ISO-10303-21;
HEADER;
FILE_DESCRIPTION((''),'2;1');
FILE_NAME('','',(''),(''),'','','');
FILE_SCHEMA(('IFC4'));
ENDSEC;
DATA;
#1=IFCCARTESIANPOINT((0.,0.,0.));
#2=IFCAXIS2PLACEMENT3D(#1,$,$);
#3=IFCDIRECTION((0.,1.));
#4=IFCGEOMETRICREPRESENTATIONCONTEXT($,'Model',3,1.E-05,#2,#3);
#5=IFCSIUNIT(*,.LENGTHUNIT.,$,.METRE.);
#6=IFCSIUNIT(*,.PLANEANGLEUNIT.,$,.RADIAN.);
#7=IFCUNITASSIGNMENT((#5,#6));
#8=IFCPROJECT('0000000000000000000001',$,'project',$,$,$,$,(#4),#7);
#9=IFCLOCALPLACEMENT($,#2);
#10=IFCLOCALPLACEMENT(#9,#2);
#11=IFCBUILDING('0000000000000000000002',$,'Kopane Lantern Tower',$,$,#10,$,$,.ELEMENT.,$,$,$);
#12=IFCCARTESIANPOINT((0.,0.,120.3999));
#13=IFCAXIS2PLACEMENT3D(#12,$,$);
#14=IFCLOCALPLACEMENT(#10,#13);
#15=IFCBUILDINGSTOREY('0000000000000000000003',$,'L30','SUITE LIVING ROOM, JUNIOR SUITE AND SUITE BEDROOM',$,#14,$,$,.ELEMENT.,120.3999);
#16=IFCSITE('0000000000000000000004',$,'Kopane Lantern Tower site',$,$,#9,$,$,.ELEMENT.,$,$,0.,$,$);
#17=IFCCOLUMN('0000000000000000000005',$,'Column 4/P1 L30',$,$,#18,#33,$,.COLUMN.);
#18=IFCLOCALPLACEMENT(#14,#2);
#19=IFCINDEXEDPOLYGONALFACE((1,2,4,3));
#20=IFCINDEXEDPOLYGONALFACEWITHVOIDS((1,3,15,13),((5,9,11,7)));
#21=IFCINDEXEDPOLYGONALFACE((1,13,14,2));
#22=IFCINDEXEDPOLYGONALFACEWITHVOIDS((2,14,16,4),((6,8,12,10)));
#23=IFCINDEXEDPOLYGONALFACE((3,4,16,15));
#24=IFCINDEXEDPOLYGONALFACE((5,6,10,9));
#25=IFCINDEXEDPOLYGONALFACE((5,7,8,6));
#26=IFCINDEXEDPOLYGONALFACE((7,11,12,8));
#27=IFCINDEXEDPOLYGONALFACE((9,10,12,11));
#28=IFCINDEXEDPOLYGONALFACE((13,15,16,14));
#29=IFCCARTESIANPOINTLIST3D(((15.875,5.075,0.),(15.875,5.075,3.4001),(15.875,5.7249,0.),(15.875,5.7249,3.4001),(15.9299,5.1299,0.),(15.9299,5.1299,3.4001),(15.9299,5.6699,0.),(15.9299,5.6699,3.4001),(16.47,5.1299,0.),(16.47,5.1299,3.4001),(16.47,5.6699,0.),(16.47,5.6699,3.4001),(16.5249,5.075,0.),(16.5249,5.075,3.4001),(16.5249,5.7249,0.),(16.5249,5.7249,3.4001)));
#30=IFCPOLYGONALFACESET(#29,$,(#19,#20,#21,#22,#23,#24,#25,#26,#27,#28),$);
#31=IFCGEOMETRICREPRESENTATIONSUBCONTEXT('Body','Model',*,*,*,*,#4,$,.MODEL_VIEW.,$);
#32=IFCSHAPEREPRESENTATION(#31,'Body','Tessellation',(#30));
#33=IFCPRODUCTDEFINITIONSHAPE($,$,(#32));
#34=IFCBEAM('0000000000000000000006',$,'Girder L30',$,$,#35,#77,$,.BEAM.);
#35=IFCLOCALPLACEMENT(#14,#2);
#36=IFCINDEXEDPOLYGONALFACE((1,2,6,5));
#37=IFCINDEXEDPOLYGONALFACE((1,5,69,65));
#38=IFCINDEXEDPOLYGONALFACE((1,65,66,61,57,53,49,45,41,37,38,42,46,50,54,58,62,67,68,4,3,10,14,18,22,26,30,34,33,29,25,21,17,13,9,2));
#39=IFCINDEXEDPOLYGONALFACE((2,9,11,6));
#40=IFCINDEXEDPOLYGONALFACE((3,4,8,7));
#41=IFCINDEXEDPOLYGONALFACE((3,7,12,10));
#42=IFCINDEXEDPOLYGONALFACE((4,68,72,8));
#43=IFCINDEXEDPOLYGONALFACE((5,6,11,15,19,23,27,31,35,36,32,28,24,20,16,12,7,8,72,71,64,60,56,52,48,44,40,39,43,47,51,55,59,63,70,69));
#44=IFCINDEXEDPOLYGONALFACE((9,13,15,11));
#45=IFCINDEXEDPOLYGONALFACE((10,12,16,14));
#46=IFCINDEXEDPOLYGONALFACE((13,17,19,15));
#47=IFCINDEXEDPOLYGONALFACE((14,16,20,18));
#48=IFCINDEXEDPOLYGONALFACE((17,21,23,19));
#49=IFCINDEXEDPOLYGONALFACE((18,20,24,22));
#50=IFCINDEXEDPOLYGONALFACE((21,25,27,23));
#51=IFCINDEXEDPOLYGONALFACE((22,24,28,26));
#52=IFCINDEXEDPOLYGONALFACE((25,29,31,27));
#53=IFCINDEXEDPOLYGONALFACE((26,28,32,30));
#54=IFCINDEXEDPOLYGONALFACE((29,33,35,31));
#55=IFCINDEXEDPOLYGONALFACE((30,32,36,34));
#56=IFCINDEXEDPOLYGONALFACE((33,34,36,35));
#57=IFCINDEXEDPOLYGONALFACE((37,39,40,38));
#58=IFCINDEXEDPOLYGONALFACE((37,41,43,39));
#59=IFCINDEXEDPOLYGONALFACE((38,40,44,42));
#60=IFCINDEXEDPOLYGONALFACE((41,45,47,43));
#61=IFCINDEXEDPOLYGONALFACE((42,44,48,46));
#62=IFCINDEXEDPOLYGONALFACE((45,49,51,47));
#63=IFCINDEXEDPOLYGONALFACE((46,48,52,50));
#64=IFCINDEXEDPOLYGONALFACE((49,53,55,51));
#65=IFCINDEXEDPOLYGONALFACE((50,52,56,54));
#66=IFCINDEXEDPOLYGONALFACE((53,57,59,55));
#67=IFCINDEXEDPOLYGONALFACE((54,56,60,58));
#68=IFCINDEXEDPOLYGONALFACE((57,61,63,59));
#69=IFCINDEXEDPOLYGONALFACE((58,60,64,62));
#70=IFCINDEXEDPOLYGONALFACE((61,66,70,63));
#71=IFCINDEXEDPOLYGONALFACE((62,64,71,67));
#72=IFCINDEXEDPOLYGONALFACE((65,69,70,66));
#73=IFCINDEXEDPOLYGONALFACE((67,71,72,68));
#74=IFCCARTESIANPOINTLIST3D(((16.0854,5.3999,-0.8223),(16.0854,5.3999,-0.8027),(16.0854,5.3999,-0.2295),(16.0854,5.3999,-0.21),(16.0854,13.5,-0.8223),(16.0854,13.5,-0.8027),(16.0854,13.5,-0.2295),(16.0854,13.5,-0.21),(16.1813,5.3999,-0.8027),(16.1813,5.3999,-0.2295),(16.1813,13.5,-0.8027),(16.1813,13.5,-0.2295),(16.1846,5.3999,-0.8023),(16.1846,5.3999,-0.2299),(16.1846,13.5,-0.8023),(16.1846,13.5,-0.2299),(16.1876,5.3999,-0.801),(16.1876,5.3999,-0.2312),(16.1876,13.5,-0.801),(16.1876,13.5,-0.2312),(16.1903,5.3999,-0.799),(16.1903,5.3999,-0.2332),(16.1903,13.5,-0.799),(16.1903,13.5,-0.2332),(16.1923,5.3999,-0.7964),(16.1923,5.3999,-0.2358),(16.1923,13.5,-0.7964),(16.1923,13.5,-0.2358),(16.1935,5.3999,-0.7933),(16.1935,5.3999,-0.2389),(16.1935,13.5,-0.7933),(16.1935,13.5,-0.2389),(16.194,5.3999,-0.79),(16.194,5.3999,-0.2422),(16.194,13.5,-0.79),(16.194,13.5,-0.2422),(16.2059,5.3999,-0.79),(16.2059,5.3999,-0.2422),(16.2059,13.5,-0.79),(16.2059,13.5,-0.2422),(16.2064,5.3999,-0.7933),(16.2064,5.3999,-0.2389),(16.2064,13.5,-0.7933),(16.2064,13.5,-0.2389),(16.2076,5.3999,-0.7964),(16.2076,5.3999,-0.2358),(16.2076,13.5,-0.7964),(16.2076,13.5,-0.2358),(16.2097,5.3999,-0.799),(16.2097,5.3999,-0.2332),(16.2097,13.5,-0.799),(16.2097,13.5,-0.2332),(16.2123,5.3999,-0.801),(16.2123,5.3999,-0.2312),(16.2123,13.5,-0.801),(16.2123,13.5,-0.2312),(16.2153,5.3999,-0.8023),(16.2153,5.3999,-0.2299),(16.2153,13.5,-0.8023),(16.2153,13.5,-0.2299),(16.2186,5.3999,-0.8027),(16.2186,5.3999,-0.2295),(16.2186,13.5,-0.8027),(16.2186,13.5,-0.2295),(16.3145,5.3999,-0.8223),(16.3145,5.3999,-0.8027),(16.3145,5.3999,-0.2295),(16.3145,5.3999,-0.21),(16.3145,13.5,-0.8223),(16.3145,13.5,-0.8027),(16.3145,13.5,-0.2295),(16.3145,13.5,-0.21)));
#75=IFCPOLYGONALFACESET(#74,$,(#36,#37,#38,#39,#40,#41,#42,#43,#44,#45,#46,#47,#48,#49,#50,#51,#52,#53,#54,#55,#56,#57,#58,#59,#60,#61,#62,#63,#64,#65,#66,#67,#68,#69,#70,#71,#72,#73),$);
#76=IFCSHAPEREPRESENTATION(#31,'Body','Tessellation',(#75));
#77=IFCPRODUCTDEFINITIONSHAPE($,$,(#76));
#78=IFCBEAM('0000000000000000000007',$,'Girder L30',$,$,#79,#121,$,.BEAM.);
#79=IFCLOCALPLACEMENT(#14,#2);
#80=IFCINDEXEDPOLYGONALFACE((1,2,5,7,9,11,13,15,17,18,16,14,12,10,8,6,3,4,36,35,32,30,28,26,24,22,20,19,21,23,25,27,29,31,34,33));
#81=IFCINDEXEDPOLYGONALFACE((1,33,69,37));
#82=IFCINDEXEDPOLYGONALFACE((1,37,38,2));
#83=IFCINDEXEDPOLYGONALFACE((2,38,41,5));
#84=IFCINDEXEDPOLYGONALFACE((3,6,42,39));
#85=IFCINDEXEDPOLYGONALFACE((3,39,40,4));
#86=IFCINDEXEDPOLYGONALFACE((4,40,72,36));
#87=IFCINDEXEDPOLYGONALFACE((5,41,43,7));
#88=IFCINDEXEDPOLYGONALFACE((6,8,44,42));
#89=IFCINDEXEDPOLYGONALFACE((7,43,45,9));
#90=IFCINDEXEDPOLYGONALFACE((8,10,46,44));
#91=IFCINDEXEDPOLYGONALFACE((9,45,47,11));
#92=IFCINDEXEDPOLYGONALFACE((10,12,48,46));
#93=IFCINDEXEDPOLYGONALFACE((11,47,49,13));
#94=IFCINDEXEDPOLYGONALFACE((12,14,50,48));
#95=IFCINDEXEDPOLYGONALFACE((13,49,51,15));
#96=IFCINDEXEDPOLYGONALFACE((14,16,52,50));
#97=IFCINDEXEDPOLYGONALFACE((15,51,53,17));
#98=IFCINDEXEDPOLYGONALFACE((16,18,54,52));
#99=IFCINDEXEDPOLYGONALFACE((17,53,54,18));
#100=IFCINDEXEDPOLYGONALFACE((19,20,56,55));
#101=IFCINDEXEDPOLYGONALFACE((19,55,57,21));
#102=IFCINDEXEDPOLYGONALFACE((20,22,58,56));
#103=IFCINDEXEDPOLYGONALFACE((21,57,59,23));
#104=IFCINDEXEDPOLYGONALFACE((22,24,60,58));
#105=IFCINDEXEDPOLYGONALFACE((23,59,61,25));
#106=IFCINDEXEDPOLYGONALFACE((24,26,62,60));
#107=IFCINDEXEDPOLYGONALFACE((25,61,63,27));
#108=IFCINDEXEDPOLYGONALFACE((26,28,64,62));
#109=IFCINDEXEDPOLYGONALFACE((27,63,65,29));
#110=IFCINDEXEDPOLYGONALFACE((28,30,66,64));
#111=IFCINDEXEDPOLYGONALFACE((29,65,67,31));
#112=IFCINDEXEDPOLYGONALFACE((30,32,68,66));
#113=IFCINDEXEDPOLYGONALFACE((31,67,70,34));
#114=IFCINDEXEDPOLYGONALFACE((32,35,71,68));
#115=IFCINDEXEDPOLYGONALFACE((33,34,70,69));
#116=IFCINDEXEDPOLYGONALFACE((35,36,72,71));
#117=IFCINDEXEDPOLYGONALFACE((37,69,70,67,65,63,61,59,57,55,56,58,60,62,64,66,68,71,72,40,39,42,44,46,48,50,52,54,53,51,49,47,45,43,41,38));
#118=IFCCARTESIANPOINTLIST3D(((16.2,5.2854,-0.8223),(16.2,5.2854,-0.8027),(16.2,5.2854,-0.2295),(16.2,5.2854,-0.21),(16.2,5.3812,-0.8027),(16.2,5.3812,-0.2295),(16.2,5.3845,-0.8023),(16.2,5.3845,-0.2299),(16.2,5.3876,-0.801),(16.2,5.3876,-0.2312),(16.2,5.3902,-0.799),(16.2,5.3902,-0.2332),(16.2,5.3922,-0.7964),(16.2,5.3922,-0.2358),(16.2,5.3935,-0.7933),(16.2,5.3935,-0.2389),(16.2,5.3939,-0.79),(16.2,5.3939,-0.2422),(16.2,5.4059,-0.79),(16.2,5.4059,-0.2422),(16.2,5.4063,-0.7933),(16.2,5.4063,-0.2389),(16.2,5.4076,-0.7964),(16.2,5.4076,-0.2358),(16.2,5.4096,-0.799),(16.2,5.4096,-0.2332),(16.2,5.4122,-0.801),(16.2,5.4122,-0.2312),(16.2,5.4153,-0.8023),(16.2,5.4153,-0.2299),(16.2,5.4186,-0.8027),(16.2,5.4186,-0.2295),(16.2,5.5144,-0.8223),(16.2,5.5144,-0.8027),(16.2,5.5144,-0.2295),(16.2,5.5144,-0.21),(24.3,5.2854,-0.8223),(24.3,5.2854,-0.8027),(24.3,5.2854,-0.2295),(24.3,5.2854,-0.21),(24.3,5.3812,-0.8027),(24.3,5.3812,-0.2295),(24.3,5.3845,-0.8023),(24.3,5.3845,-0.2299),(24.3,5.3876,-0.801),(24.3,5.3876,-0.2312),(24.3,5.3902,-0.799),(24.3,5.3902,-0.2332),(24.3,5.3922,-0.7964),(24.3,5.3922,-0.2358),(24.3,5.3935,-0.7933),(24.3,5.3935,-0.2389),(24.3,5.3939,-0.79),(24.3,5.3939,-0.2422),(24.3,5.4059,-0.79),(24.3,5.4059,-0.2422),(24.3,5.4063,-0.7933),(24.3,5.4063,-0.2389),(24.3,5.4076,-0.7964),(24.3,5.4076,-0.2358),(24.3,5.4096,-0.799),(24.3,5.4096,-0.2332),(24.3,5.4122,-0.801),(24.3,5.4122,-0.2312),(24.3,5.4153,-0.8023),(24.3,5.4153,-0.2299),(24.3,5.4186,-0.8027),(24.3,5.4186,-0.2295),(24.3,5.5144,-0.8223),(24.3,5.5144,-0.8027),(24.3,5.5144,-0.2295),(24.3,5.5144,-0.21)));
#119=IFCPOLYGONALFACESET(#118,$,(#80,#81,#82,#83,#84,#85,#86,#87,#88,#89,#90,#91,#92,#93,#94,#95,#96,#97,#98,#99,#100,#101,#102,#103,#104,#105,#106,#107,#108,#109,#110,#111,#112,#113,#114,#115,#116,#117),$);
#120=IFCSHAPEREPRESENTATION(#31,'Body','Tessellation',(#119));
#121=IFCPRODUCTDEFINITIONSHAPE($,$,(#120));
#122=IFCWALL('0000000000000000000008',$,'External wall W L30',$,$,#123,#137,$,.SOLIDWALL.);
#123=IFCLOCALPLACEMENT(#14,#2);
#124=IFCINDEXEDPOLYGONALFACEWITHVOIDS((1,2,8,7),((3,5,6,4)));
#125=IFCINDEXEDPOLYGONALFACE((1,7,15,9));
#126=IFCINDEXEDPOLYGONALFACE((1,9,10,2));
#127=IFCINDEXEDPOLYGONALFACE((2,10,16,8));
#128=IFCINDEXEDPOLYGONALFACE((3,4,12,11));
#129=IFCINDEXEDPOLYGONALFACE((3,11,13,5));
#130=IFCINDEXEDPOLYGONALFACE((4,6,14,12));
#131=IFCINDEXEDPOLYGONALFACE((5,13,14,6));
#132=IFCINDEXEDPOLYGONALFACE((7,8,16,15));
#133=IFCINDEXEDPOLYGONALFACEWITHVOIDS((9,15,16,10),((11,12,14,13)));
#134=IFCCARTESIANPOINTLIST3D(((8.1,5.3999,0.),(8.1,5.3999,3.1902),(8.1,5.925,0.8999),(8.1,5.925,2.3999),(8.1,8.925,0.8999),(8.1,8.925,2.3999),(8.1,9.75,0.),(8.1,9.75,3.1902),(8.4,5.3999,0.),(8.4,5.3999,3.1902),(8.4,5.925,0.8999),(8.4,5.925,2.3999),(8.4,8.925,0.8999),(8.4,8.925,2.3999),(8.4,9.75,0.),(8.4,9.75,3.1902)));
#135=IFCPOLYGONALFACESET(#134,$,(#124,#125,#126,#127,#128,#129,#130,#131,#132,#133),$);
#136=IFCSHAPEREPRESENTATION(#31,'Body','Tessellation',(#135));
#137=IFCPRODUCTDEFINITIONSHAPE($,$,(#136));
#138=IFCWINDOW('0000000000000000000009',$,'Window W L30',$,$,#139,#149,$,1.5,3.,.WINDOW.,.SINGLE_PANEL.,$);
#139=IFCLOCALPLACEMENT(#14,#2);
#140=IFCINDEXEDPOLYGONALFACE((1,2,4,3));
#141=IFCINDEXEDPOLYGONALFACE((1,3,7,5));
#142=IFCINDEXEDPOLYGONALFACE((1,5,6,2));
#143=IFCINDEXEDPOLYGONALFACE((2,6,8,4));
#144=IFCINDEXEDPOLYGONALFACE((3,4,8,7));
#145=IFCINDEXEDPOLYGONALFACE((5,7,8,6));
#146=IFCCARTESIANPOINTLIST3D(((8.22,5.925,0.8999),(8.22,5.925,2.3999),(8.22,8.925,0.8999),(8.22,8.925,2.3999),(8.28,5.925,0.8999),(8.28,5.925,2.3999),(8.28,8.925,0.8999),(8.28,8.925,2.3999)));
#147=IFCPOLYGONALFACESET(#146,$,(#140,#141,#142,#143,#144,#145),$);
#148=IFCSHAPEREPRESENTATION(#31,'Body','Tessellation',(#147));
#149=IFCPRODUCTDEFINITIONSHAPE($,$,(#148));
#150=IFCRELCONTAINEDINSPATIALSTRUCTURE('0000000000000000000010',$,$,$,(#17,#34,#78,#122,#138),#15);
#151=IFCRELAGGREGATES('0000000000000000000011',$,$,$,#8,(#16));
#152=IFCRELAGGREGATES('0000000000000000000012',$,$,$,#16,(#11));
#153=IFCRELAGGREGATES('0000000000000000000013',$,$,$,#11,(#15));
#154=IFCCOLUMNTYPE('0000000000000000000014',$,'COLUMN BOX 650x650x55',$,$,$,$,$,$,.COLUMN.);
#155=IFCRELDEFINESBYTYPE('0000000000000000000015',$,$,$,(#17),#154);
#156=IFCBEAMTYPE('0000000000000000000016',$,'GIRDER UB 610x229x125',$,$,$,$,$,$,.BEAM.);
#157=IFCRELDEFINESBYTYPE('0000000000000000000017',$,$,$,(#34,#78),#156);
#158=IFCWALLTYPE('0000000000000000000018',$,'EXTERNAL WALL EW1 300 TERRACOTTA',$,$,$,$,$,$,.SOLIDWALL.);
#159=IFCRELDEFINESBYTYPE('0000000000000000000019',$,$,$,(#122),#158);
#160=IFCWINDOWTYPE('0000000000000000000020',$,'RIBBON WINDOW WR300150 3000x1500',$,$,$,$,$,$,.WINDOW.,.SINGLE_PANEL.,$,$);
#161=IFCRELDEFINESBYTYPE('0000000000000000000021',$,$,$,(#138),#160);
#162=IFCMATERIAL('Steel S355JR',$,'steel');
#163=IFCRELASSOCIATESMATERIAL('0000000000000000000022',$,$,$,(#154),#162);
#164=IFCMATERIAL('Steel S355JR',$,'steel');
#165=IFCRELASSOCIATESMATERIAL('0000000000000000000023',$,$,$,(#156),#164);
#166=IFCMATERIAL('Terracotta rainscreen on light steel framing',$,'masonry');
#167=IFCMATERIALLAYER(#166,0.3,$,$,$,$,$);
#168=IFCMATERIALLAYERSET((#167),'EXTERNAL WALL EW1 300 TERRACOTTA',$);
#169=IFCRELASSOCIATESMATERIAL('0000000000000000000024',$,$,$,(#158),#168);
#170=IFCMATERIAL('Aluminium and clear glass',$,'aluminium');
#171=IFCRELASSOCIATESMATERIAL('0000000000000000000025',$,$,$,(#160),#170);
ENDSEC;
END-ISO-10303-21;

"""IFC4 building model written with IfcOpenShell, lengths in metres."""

from ifc_helpers import new_model, si_unit, direction, frame, frame_2d, origin, origin_2d, place, context, subcontext, project, spatial, rectangle, hollow_rectangle, i_section, extrude, material, layer, layer_set, material_profile, profile_set, type_object, element, fill, save


model = new_model("IFC4")

# Units and contexts
model_context = context("Model", 3, precision=1e-05, world=origin(), true_north=direction((0.0, 1.0)))
body_context = subcontext(model_context, "Body", "Model", "MODEL_VIEW")
ifc_project = project(units=[si_unit("LENGTHUNIT", "METRE"), si_unit("PLANEANGLEUNIT", "RADIAN")], contexts=[model_context])

# Site, building, storey
site_placement = place(None, origin())
site = spatial("IfcSite", under=ifc_project, at=site_placement, Name="Kopane Lantern Tower site", CompositionType="ELEMENT", RefElevation=0.0)
building_placement = place(site_placement, origin())
building = spatial("IfcBuilding", under=site, at=building_placement, Name="Kopane Lantern Tower", CompositionType="ELEMENT")
storey_placement = place(building_placement, frame((0.0, 0.0, 120.3999)))
storey = spatial("IfcBuildingStorey", under=building, at=storey_placement, Name="L30", Description="SUITE LIVING ROOM, JUNIOR SUITE AND SUITE BEDROOM", CompositionType="ELEMENT", Elevation=120.3999)

# Column
ifc_material_1 = material(Name="Steel S355JR", Category="steel")
ifc_material_profile_1 = material_profile(ifc_material_1, hollow_rectangle(XDim=0.6499, YDim=0.6499, WallThickness=0.0549, at=origin_2d()), Name="BOX 650x650x55")
ifc_profile_set_1 = profile_set([ifc_material_profile_1], Name="Steel S355JR")
column_type = type_object("IfcColumnType", Name="COLUMN BOX 650x650x55", PredefinedType="COLUMN", material=ifc_profile_set_1)
column_placement = place(storey_placement, frame((16.2, 5.3999, 0.0), z_axis=(0.0, 0.0, 1.0), x_axis=(1.0, 0.0, 0.0)))
element("IfcColumn", 1, at=column_placement, inside=storey, type_object=column_type, Name="Column 4/P1 L30", PredefinedType="COLUMN", context=body_context, shape_type="SweptSolid", body=[
    extrude(hollow_rectangle(XDim=0.6499, YDim=0.6499, WallThickness=0.0549, at=origin_2d()), origin(), (0.0, 0.0, 1.0), 3.4001),
])

# Beams
ifc_material_2 = material(Name="Steel S355JR", Category="steel")
ifc_material_profile_2 = material_profile(ifc_material_2, i_section(OverallWidth=0.229, OverallDepth=0.6123, WebThickness=0.012, FlangeThickness=0.0195, FilletRadius=0.0127, at=origin_2d()), Name="UB 610x229x125")
ifc_profile_set_2 = profile_set([ifc_material_profile_2], Name="Steel S355JR")
beam_type = type_object("IfcBeamType", Name="GIRDER UB 610x229x125", PredefinedType="BEAM", material=ifc_profile_set_2)
for number, where, z_axis, x_axis, name in (
    (2, (16.2, 5.3999, -0.5161), (0.0, 1.0, 0.0), (-1.0, 0.0, 0.0), "Girder L30"),
    (3, (16.2, 5.3999, -0.5161), (1.0, 0.0, 0.0), (0.0, 1.0, 0.0), "Girder L30"),
):
    element("IfcBeam", number, at=place(storey_placement, frame(where, z_axis=z_axis, x_axis=x_axis)), inside=storey, type_object=beam_type, Name=name, PredefinedType="BEAM", context=body_context, shape_type="SweptSolid", body=[
        extrude(i_section(OverallWidth=0.229, OverallDepth=0.6123, WebThickness=0.012, FlangeThickness=0.0195, FilletRadius=0.0127, at=origin_2d()), origin(), (0.0, 0.0, 1.0), 8.1001),
    ])

# Shared definitions
ifc_material_3 = material(Name="Terracotta rainscreen on light steel framing", Category="masonry")
ifc_layer = layer(ifc_material_3, 0.3)
ifc_layer_set = layer_set([ifc_layer], Name="EXTERNAL WALL EW1 300 TERRACOTTA")
wall_type = type_object("IfcWallType", Name="EXTERNAL WALL EW1 300 TERRACOTTA", PredefinedType="SOLIDWALL", material=ifc_layer_set)

# Wall, opening, window
wall_1_placement = place(storey_placement, frame((8.25, 9.75, 0.0), z_axis=(0.0, 0.0, 1.0), x_axis=(0.0, -1.0, 0.0)))
wall_1 = element("IfcWall", 4, at=wall_1_placement, inside=storey, type_object=wall_type, Name="External wall W L30", PredefinedType="SOLIDWALL", context=body_context, shape_type="SweptSolid", body=[
    extrude(rectangle(XDim=4.3501, YDim=0.3, at=frame_2d((2.175, 0.0))), origin(), (0.0, 0.0, 1.0), 3.1902),
])
opening_1_placement = place(wall_1_placement, frame((0.825, 0.0, 0.8999)))
opening_1 = element("IfcOpeningElement", 5, at=opening_1_placement, cuts=wall_1, PredefinedType="OPENING", context=body_context, shape_type="SweptSolid", body=[
    extrude(rectangle(XDim=3.0, YDim=1.5, at=frame_2d((1.5, 0.75))), frame((0.0, 0.1599, 0.0), z_axis=(0.0, -1.0, 0.0), x_axis=(1.0, 0.0, 0.0)), (0.0, 0.0, 1.0), 0.3201),
])
ifc_material_4 = material(Name="Aluminium and clear glass", Category="aluminium")
window_type_1 = type_object("IfcWindowType", Name="RIBBON WINDOW WR300150 3000x1500", PartitioningType="SINGLE_PANEL", PredefinedType="WINDOW", material=ifc_material_4)
window_1_placement = place(opening_1_placement, origin())
window_1 = element("IfcWindow", 6, at=window_1_placement, inside=storey, type_object=window_type_1, Name="Window W L30", OverallHeight=1.5, OverallWidth=3.0, PartitioningType="SINGLE_PANEL", PredefinedType="WINDOW", context=body_context, shape_type="SweptSolid", body=[
    extrude(rectangle(XDim=3.0, YDim=1.5, at=frame_2d((1.5, 0.75))), frame((0.0, 0.03, 0.0), z_axis=(0.0, -1.0, 0.0), x_axis=(1.0, 0.0, 0.0)), (0.0, 0.0, 1.0), 0.0601),
])
fill(opening_1, window_1)

save(model, "model.ifc")
